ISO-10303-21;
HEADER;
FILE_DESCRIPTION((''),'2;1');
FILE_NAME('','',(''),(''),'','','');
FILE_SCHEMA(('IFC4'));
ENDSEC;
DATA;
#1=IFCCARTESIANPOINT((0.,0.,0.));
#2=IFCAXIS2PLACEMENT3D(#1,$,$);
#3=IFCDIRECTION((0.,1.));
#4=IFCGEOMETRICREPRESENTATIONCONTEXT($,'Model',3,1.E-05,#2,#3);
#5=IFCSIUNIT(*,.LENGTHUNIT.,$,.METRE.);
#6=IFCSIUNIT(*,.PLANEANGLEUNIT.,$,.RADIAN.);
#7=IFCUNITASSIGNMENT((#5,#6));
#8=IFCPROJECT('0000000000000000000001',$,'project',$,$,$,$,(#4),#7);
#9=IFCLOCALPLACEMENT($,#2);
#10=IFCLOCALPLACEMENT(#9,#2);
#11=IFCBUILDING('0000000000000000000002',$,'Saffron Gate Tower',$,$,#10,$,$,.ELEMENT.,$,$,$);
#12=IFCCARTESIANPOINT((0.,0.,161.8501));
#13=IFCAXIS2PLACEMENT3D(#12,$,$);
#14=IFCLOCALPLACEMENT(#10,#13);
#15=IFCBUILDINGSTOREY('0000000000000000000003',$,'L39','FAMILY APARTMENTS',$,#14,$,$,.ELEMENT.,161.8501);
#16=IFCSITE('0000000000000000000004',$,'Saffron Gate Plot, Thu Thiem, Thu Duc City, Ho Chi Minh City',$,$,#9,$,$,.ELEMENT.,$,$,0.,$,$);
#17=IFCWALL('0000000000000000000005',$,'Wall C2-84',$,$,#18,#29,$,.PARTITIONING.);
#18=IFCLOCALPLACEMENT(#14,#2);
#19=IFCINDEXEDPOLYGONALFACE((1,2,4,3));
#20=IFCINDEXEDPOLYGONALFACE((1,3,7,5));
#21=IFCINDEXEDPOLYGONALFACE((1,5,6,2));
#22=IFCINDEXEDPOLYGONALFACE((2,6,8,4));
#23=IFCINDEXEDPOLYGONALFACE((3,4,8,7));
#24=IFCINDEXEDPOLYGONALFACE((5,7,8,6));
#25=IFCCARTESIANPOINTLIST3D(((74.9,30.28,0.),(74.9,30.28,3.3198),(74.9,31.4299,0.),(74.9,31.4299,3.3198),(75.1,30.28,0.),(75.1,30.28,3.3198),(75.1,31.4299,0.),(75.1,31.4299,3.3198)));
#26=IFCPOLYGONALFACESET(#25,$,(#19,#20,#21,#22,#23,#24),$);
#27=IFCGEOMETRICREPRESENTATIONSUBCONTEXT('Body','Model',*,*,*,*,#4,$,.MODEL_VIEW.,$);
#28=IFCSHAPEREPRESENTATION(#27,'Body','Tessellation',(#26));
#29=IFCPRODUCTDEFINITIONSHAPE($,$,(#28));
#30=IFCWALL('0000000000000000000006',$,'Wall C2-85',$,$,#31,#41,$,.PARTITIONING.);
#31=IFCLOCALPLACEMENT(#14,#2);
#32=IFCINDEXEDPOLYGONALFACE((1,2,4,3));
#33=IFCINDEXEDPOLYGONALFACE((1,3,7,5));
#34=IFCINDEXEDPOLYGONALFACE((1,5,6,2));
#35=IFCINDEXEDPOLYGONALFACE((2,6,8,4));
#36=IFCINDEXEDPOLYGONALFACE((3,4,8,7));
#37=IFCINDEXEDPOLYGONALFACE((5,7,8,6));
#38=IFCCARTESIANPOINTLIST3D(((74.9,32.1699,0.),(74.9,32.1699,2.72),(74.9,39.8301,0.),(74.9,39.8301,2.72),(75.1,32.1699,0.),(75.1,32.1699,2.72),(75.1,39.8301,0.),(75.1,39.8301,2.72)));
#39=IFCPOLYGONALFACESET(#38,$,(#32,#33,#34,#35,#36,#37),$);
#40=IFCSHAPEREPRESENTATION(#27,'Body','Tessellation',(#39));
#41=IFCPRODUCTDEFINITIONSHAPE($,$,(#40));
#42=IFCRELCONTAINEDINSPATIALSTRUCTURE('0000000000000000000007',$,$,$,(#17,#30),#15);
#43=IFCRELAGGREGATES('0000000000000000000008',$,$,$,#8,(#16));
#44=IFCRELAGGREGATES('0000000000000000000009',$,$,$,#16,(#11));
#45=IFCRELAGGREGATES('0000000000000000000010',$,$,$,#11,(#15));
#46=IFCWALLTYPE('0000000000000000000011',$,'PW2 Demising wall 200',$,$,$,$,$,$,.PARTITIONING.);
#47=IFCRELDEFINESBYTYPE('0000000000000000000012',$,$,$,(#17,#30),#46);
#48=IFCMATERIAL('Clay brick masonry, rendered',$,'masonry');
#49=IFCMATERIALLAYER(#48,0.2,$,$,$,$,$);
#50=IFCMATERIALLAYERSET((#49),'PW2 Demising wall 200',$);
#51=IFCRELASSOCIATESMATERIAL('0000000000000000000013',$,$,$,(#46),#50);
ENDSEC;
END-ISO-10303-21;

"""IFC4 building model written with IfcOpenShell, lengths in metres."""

from ifc_helpers import new_model, si_unit, direction, frame, frame_2d, origin, place, context, subcontext, project, spatial, rectangle, extrude, material, layer, layer_set, type_object, element, save


model = new_model("IFC4")

# Units and contexts
model_context = context("Model", 3, precision=1e-05, world=origin(), true_north=direction((0.0, 1.0)))
body_context = subcontext(model_context, "Body", "Model", "MODEL_VIEW")
ifc_project = project(units=[si_unit("LENGTHUNIT", "METRE"), si_unit("PLANEANGLEUNIT", "RADIAN")], contexts=[model_context])

# Site, building, storey
site_placement = place(None, origin())
site = spatial("IfcSite", under=ifc_project, at=site_placement, Name="Saffron Gate Plot, Thu Thiem, Thu Duc City, Ho Chi Minh City", CompositionType="ELEMENT", RefElevation=0.0)
building_placement = place(site_placement, origin())
building = spatial("IfcBuilding", under=site, at=building_placement, Name="Saffron Gate Tower", CompositionType="ELEMENT")
storey_placement = place(building_placement, frame((0.0, 0.0, 161.8501)))
storey = spatial("IfcBuildingStorey", under=building, at=storey_placement, Name="L39", Description="FAMILY APARTMENTS", CompositionType="ELEMENT", Elevation=161.8501)

# Walls
ifc_material_1 = material(Name="Clay brick masonry, rendered", Category="masonry")
ifc_layer_1 = layer(ifc_material_1, 0.2)
ifc_layer_set_1 = layer_set([ifc_layer_1], Name="PW2 Demising wall 200")
wall_type_1 = type_object("IfcWallType", Name="PW2 Demising wall 200", PredefinedType="PARTITIONING", material=ifc_layer_set_1)
wall_1_placement = place(storey_placement, frame((75.0, 31.4299, 0.0), z_axis=(0.0, 0.0, 1.0), x_axis=(0.0, -1.0, 0.0)))
element("IfcWall", 1, at=wall_1_placement, inside=storey, type_object=wall_type_1, Name="Wall C2-84", PredefinedType="PARTITIONING", context=body_context, shape_type="SweptSolid", body=[
    extrude(rectangle(XDim=1.1499, YDim=0.2, at=frame_2d((0.575, 0.0))), origin(), (0.0, 0.0, 1.0), 3.3198),
])
wall_2_placement = place(storey_placement, frame((75.0, 39.8301, 0.0), z_axis=(0.0, 0.0, 1.0), x_axis=(0.0, -1.0, 0.0)))
element("IfcWall", 2, at=wall_2_placement, inside=storey, type_object=wall_type_1, Name="Wall C2-85", PredefinedType="PARTITIONING", context=body_context, shape_type="SweptSolid", body=[
    extrude(rectangle(XDim=7.6602, YDim=0.2, at=frame_2d((3.8301, 0.0))), origin(), (0.0, 0.0, 1.0), 2.72),
])

save(model, "model.ifc")
